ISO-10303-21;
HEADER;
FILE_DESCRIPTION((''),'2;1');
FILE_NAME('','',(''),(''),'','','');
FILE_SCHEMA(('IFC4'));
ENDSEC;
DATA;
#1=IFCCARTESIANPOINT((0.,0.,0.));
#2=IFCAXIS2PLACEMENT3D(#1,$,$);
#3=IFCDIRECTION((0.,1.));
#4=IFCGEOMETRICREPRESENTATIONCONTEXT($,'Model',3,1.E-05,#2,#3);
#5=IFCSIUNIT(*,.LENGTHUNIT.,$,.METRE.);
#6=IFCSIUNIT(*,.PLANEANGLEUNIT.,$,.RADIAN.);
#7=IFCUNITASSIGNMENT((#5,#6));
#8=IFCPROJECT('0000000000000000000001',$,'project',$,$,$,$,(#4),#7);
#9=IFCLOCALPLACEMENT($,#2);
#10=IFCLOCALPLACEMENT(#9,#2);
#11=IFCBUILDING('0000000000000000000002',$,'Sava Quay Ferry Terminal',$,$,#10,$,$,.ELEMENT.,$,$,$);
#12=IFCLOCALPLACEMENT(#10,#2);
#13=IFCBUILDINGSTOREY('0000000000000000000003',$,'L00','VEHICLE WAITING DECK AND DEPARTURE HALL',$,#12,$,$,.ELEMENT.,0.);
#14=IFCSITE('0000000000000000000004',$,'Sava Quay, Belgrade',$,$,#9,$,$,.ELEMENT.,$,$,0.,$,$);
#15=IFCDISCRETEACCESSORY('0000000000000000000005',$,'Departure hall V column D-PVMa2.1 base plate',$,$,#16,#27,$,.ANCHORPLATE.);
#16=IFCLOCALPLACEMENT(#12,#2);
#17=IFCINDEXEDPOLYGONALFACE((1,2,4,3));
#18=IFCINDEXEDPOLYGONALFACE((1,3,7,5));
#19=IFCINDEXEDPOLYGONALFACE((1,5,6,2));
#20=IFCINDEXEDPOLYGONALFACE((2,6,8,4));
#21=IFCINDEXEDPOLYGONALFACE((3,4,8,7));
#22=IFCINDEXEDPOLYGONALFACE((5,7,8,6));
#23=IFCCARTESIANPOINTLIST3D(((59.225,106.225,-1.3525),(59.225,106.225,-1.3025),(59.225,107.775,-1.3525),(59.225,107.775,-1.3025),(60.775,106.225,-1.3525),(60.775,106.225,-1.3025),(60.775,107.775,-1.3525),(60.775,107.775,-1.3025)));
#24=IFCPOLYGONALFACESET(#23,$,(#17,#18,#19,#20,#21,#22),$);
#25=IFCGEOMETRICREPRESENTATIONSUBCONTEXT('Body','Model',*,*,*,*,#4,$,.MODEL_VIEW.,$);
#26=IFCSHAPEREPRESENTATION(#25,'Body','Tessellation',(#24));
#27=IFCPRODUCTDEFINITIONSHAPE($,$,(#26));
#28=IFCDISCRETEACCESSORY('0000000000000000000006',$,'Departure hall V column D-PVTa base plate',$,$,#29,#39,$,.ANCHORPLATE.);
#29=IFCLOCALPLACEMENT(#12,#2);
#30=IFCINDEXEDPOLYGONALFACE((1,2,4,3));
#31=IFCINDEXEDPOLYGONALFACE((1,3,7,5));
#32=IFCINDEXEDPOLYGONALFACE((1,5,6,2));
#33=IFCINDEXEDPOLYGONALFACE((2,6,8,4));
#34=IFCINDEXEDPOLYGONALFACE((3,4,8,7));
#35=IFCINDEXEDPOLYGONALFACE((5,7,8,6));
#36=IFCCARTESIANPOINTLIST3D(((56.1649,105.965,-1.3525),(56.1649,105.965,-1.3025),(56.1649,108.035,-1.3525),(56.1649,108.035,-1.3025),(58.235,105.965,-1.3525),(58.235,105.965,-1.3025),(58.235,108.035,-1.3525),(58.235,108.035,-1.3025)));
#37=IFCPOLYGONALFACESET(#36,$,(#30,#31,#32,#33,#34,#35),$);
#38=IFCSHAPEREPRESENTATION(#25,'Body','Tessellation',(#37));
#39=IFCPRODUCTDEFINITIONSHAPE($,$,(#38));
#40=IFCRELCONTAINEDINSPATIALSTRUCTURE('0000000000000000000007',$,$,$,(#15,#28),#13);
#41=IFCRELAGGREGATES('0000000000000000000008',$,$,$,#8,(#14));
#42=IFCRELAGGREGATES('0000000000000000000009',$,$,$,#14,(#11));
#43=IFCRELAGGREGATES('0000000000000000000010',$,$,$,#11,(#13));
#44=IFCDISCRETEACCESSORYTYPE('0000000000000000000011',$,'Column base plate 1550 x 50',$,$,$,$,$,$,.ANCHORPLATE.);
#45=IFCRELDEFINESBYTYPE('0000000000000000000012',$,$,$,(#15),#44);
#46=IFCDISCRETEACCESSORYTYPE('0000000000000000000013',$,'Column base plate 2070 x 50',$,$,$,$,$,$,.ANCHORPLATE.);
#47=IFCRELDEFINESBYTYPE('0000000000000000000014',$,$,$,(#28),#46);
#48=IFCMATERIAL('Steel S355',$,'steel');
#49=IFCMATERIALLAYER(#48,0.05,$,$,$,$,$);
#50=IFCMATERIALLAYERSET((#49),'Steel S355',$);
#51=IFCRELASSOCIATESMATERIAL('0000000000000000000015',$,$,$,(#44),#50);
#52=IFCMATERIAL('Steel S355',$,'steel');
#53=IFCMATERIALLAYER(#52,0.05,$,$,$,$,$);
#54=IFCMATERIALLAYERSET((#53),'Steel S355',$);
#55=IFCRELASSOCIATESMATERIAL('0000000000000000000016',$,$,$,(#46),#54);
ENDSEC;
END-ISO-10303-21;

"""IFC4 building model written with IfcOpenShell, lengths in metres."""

from ifc_helpers import new_model, si_unit, direction, frame, origin, origin_2d, place, context, subcontext, project, spatial, rectangle, extrude, material, layer, layer_set, type_object, element, save


model = new_model("IFC4")

# Units and contexts
model_context = context("Model", 3, precision=1e-05, world=origin(), true_north=direction((0.0, 1.0)))
body_context = subcontext(model_context, "Body", "Model", "MODEL_VIEW")
ifc_project = project(units=[si_unit("LENGTHUNIT", "METRE"), si_unit("PLANEANGLEUNIT", "RADIAN")], contexts=[model_context])

# Site, building, storey
site_placement = place(None, origin())
site = spatial("IfcSite", under=ifc_project, at=site_placement, Name="Sava Quay, Belgrade", CompositionType="ELEMENT", RefElevation=0.0)
building_placement = place(site_placement, origin())
building = spatial("IfcBuilding", under=site, at=building_placement, Name="Sava Quay Ferry Terminal", CompositionType="ELEMENT")
storey_placement = place(building_placement, origin())
storey = spatial("IfcBuildingStorey", under=building, at=storey_placement, Name="L00", Description="VEHICLE WAITING DECK AND DEPARTURE HALL", CompositionType="ELEMENT", Elevation=0.0)

# Discrete accessories
ifc_material_1 = material(Name="Steel S355", Category="steel")
ifc_layer_1 = layer(ifc_material_1, 0.05)
ifc_layer_set_1 = layer_set([ifc_layer_1], Name="Steel S355")
discrete_accessory_type_1 = type_object("IfcDiscreteAccessoryType", Name="Column base plate 1550 x 50", PredefinedType="ANCHORPLATE", material=ifc_layer_set_1)
discrete_accessory_1_placement = place(storey_placement, frame((60.0, 107.0, -1.3525), z_axis=(0.0, 0.0, 1.0), x_axis=(1.0, 0.0, 0.0)))
element("IfcDiscreteAccessory", 1, at=discrete_accessory_1_placement, inside=storey, type_object=discrete_accessory_type_1, Name="Departure hall V column D-PVMa2.1 base plate", PredefinedType="ANCHORPLATE", context=body_context, shape_type="SweptSolid", body=[
    extrude(rectangle(XDim=1.55, YDim=1.55, at=origin_2d()), origin(), (0.0, 0.0, 1.0), 0.05),
])
ifc_material_2 = material(Name="Steel S355", Category="steel")
ifc_layer_2 = layer(ifc_material_2, 0.05)
ifc_layer_set_2 = layer_set([ifc_layer_2], Name="Steel S355")
discrete_accessory_type_2 = type_object("IfcDiscreteAccessoryType", Name="Column base plate 2070 x 50", PredefinedType="ANCHORPLATE", material=ifc_layer_set_2)
discrete_accessory_2_placement = place(storey_placement, frame((57.2, 107.0, -1.3525), z_axis=(0.0, 0.0, 1.0), x_axis=(1.0, 0.0, 0.0)))
element("IfcDiscreteAccessory", 2, at=discrete_accessory_2_placement, inside=storey, type_object=discrete_accessory_type_2, Name="Departure hall V column D-PVTa base plate", PredefinedType="ANCHORPLATE", context=body_context, shape_type="SweptSolid", body=[
    extrude(rectangle(XDim=2.0701, YDim=2.0701, at=origin_2d()), origin(), (0.0, 0.0, 1.0), 0.05),
])

save(model, "model.ifc")
